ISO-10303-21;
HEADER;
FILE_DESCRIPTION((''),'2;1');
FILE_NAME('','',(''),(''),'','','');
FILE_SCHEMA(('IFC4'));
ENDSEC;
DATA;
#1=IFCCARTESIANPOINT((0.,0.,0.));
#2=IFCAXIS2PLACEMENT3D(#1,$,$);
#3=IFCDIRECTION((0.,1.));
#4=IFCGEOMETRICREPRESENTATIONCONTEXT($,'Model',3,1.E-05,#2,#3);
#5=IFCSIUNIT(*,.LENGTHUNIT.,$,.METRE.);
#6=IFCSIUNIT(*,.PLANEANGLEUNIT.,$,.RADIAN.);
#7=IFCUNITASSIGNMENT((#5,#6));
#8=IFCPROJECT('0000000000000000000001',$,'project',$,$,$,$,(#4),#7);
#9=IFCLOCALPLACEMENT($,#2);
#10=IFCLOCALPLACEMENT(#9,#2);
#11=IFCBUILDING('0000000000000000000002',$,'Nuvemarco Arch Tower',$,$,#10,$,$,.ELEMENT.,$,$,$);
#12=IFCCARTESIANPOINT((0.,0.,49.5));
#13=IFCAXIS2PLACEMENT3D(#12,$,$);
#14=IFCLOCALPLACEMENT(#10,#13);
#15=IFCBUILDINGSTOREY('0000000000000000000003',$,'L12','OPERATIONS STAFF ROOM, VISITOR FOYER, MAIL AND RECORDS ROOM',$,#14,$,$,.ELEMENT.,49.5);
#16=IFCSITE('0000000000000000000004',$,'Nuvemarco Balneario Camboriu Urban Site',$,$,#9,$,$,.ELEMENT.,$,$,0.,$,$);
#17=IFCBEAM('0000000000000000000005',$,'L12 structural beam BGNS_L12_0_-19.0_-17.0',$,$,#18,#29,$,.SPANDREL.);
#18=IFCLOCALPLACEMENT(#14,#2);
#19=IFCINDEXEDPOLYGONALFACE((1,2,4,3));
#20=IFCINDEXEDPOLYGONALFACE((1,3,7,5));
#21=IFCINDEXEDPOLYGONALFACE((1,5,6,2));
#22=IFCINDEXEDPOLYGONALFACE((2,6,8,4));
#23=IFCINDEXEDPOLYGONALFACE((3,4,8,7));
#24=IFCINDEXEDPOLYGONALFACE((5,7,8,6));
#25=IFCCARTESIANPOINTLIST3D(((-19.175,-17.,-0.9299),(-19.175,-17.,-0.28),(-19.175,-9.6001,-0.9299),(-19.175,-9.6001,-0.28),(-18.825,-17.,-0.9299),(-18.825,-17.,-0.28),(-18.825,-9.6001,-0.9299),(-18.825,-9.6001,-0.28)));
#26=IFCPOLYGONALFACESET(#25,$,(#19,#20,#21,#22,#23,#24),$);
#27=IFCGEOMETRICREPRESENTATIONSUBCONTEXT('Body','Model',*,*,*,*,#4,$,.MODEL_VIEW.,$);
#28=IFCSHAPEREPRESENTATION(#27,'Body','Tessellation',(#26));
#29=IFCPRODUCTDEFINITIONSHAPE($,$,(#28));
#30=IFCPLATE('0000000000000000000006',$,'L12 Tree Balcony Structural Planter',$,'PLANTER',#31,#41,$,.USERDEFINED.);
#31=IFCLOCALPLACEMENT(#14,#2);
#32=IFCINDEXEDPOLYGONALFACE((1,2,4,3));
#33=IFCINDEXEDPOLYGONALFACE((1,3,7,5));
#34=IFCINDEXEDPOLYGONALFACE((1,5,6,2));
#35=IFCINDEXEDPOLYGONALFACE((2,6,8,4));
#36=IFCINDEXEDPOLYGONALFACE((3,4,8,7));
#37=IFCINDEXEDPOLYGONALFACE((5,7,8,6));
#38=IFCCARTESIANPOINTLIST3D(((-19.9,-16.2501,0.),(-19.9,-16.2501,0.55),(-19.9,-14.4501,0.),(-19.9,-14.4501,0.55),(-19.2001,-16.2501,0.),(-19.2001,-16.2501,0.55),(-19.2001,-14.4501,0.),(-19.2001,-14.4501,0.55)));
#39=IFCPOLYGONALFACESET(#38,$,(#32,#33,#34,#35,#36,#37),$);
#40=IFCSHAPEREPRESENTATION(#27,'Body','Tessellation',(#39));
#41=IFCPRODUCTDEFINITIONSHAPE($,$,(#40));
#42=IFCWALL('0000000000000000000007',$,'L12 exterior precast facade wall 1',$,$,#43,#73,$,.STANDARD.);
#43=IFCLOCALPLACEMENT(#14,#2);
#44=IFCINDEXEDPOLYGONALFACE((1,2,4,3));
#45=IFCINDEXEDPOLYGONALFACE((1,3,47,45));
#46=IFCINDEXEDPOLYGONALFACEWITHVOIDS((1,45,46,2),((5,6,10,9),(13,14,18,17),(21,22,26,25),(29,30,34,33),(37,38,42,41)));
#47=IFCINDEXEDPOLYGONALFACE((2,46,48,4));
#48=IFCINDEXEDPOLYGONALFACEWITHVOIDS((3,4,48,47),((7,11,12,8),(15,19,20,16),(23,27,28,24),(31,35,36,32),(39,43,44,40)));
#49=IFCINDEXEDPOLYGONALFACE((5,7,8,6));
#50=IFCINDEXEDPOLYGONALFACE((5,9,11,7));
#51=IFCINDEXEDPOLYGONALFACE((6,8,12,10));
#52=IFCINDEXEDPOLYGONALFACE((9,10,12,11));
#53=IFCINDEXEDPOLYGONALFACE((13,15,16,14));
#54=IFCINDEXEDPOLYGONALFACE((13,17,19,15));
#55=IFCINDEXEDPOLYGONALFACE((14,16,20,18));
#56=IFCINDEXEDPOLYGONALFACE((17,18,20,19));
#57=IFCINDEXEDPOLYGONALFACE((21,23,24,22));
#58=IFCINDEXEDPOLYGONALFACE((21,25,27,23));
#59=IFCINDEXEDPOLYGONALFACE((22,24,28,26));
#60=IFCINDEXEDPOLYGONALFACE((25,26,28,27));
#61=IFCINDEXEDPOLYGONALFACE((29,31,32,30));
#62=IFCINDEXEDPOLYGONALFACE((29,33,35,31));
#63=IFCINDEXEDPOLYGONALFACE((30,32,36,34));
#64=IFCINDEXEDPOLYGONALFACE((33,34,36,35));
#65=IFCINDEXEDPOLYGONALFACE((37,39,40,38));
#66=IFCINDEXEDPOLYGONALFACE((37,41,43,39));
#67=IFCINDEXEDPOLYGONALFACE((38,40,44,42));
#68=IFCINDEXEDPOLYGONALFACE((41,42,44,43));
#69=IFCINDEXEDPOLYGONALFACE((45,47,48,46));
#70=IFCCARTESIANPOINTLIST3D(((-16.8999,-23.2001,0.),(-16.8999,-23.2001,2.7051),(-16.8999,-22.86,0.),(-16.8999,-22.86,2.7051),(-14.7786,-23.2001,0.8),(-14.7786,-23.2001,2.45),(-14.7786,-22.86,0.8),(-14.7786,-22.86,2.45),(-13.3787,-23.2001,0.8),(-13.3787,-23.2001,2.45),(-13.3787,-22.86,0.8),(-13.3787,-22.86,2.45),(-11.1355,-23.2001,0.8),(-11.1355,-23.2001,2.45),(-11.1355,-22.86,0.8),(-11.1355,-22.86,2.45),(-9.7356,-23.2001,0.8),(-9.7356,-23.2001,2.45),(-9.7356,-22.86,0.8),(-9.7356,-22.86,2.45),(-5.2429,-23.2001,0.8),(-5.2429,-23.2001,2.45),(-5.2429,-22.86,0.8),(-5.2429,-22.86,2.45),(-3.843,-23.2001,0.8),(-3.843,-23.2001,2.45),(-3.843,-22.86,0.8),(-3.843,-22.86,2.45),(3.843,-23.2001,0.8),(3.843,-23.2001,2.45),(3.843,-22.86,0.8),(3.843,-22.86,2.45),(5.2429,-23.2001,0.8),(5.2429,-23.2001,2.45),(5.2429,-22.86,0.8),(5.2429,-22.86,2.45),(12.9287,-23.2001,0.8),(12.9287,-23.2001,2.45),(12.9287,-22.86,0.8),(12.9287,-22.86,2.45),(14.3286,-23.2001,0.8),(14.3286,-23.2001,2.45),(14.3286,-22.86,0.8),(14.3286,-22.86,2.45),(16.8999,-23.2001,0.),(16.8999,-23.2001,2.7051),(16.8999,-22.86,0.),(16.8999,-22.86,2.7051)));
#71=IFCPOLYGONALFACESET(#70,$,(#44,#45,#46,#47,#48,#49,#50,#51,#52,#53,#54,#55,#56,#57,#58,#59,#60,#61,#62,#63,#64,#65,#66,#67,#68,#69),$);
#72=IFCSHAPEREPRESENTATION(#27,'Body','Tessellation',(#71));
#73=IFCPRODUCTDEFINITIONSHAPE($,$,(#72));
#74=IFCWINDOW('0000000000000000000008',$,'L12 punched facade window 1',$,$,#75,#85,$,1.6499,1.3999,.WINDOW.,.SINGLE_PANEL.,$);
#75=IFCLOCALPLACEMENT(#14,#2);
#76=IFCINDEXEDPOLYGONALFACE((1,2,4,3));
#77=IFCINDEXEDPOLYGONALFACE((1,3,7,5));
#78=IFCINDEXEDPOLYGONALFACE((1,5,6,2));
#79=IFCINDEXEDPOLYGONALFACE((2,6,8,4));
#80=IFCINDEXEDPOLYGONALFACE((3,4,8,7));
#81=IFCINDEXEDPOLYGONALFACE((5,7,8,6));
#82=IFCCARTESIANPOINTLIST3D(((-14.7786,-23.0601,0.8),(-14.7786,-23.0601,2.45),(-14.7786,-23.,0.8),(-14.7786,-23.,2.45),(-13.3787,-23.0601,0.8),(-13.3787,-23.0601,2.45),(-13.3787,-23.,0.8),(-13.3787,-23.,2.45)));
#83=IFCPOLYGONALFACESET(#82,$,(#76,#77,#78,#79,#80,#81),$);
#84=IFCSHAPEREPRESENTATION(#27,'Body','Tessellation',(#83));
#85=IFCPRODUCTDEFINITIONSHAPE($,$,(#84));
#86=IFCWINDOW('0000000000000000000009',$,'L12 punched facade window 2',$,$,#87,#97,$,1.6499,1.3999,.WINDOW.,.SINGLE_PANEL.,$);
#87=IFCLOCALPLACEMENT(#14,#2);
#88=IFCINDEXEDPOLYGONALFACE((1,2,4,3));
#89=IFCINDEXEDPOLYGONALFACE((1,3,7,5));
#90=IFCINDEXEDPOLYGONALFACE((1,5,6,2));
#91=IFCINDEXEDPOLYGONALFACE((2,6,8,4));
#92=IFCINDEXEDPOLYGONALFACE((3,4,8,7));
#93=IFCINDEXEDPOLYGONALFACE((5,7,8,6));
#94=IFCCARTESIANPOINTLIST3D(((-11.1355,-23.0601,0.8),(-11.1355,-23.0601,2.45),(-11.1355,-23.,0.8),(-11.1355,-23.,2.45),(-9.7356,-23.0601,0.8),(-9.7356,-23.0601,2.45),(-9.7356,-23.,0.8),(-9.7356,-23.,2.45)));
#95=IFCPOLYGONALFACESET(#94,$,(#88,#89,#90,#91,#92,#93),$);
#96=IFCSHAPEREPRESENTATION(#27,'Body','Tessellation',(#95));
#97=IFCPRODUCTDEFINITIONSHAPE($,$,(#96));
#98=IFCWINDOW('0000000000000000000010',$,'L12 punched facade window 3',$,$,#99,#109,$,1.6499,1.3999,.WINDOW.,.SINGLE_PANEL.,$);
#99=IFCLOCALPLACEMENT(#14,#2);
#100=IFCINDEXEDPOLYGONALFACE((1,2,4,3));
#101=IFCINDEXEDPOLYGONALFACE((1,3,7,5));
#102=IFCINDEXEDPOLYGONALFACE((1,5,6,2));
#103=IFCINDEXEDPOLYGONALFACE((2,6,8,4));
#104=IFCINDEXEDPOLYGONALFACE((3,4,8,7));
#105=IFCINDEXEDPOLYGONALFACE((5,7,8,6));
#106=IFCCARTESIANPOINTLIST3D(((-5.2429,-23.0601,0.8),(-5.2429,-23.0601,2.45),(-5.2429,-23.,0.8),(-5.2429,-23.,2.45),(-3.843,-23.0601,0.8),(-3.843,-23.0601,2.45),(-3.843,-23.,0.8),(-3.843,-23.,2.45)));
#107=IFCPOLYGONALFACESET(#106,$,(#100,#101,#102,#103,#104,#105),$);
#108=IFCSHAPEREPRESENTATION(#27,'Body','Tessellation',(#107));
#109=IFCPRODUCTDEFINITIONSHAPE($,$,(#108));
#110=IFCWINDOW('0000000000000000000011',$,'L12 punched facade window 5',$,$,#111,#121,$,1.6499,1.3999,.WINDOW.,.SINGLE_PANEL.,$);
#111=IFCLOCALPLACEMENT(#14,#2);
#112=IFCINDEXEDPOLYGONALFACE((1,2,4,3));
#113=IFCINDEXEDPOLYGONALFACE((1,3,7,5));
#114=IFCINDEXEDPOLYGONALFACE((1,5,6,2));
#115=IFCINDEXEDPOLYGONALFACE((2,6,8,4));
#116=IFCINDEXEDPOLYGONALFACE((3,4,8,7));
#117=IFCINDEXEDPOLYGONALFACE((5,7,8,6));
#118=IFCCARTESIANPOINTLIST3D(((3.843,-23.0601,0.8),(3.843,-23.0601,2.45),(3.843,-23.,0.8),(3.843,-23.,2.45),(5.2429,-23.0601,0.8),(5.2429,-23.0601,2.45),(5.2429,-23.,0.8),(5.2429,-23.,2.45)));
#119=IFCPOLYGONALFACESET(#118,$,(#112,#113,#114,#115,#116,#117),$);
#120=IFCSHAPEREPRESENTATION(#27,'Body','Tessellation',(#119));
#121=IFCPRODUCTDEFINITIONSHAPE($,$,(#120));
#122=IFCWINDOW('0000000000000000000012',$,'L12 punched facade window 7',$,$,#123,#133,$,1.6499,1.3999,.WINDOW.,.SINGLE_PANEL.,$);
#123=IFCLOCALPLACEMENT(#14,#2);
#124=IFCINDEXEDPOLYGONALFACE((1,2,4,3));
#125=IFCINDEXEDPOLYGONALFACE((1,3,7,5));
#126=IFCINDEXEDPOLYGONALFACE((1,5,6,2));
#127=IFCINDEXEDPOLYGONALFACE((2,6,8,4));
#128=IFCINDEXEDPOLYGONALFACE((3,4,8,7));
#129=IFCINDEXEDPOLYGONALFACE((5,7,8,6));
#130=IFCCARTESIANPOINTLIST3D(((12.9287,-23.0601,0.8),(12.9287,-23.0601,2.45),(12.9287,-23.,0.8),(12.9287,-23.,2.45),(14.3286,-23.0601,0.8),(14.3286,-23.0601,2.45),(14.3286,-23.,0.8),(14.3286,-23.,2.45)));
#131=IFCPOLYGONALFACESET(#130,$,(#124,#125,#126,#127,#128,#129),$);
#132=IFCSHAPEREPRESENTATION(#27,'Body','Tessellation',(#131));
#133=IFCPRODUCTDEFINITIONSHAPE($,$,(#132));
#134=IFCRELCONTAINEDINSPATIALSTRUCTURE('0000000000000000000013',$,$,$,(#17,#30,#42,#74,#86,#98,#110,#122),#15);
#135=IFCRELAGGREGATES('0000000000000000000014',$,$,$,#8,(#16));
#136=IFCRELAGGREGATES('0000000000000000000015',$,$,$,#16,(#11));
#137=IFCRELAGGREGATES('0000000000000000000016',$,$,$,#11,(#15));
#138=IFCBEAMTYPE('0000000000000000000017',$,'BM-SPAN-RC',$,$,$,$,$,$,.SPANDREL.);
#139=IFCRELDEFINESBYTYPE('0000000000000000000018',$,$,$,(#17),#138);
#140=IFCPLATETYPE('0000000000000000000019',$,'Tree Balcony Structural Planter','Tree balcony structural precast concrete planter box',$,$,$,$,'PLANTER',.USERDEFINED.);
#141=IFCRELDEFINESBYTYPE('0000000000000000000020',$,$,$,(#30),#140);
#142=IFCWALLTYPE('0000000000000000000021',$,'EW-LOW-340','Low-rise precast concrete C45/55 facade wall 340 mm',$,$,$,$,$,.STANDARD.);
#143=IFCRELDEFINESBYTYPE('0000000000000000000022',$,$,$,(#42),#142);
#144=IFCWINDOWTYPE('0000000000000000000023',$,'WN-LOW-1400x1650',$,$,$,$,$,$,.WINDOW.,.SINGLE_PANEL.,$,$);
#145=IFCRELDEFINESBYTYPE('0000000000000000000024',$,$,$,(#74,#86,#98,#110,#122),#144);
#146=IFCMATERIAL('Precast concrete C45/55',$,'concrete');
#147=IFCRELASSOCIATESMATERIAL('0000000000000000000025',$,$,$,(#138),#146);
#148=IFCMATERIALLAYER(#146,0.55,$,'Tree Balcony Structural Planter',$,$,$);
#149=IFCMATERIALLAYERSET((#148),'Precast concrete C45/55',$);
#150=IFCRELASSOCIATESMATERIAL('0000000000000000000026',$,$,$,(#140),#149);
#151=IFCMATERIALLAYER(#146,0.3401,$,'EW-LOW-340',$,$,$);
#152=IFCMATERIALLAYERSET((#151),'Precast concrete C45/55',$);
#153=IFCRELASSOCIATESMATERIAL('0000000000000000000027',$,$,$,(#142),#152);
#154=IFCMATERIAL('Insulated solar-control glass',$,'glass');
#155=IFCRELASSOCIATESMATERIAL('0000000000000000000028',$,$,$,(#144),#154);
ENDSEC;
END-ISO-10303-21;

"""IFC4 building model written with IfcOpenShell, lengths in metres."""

from ifc_helpers import new_model, si_unit, direction, frame, frame_2d, origin, origin_2d, place, context, subcontext, project, spatial, rectangle, extrude, source, transform, mapped, material, layer, layer_set, material_profile, profile_set, type_object, type_shapes, element, fill, save


model = new_model("IFC4")

# Units and contexts
model_context = context("Model", 3, precision=1e-05, world=origin(), true_north=direction((0.0, 1.0)))
body_context = subcontext(model_context, "Body", "Model", "MODEL_VIEW")
ifc_project = project(units=[si_unit("LENGTHUNIT", "METRE"), si_unit("PLANEANGLEUNIT", "RADIAN")], contexts=[model_context])

# Site, building, storey
site_placement = place(None, origin())
site = spatial("IfcSite", under=ifc_project, at=site_placement, Name="Nuvemarco Balneario Camboriu Urban Site", CompositionType="ELEMENT", RefElevation=0.0)
building_placement = place(site_placement, origin())
building = spatial("IfcBuilding", under=site, at=building_placement, Name="Nuvemarco Arch Tower", CompositionType="ELEMENT")
storey_placement = place(building_placement, frame((0.0, 0.0, 49.5)))
storey = spatial("IfcBuildingStorey", under=building, at=storey_placement, Name="L12", Description="OPERATIONS STAFF ROOM, VISITOR FOYER, MAIL AND RECORDS ROOM", CompositionType="ELEMENT", Elevation=49.5)

# Beam
ifc_material_1 = material(Name="Precast concrete C45/55", Category="concrete")
ifc_material_profile_1 = material_profile(ifc_material_1, rectangle(XDim=0.3501, YDim=0.6499, at=origin_2d()), Name="PC-SP-350x650")
ifc_profile_set_1 = profile_set([ifc_material_profile_1], Name="Precast concrete C45/55")
beam_type_1 = type_object("IfcBeamType", Name="BM-SPAN-RC", PredefinedType="SPANDREL", material=ifc_profile_set_1)
beam_1_placement = place(storey_placement, frame((-19.0, -17.0, -0.605), z_axis=(0.0, 1.0, 0.0), x_axis=(-1.0, 0.0, 0.0)))
element("IfcBeam", 1, at=beam_1_placement, inside=storey, type_object=beam_type_1, Name="L12 structural beam BGNS_L12_0_-19.0_-17.0", PredefinedType="SPANDREL", context=body_context, shape_type="SweptSolid", body=[
    extrude(rectangle(XDim=0.3501, YDim=0.6499, at=origin_2d()), origin(), (0.0, 0.0, 1.0), 7.3999),
])

# Plate
ifc_layer_1 = layer(ifc_material_1, 0.55, Name="Tree Balcony Structural Planter")
ifc_layer_set_1 = layer_set([ifc_layer_1], Name="Precast concrete C45/55")
plate_type = type_object("IfcPlateType", Name="Tree Balcony Structural Planter", Description="Tree balcony structural precast concrete planter box", ElementType="PLANTER", PredefinedType="USERDEFINED", material=ifc_layer_set_1)
shared_shape_1 = source(origin(), body_context, "Body", "SweptSolid", [
    extrude(rectangle(XDim=1.8, YDim=0.7, at=origin_2d()), origin(), (0.0, 0.0, 1.0), 0.55),
])
type_shapes(plate_type, [shared_shape_1])
plate_placement = place(storey_placement, frame((-19.55, -15.3501, 0.0), z_axis=(0.0, 0.0, 1.0), x_axis=(0.0, 1.0, 0.0)))
element("IfcPlate", 2, at=plate_placement, inside=storey, type_object=plate_type, Name="L12 Tree Balcony Structural Planter", ObjectType="PLANTER", PredefinedType="USERDEFINED", context=body_context, shape_type="MappedRepresentation", body=[
    mapped(shared_shape_1, transform((0.0, 0.0, 0.0), scale=1.0)),
])

# Wall, openings, windows
ifc_layer_2 = layer(ifc_material_1, 0.3401, Name="EW-LOW-340")
ifc_layer_set_2 = layer_set([ifc_layer_2], Name="Precast concrete C45/55")
wall_type = type_object("IfcWallType", Name="EW-LOW-340", Description="Low-rise precast concrete C45/55 facade wall 340 mm", PredefinedType="STANDARD", material=ifc_layer_set_2)
wall_1_placement = place(storey_placement, frame((-16.8999, -23.03, 0.0), z_axis=(0.0, 0.0, 1.0), x_axis=(1.0, 0.0, 0.0)))
wall_1 = element("IfcWall", 3, at=wall_1_placement, inside=storey, type_object=wall_type, Name="L12 exterior precast facade wall 1", PredefinedType="STANDARD", context=body_context, shape_type="SweptSolid", body=[
    extrude(rectangle(XDim=33.7998, YDim=0.3401, at=frame_2d((16.8999, 0.0))), origin(), (0.0, 0.0, 1.0), 2.7051),
])
opening_1_placement = place(wall_1_placement, frame((2.1213, 0.0, 0.8)))
opening_1 = element("IfcOpeningElement", 4, at=opening_1_placement, cuts=wall_1, PredefinedType="OPENING", context=body_context, shape_type="SweptSolid", body=[
    extrude(rectangle(XDim=1.3999, YDim=1.6499, at=frame_2d((0.7, 0.825))), frame((0.0, 0.1799, 0.0), z_axis=(0.0, -1.0, 0.0), x_axis=(1.0, 0.0, 0.0)), (0.0, 0.0, 1.0), 0.3601),
])
opening_2_placement = place(wall_1_placement, frame((5.7644, 0.0, 0.8)))
opening_2 = element("IfcOpeningElement", 5, at=opening_2_placement, cuts=wall_1, PredefinedType="OPENING", context=body_context, shape_type="SweptSolid", body=[
    extrude(rectangle(XDim=1.3999, YDim=1.6499, at=frame_2d((0.7, 0.825))), frame((0.0, 0.1799, 0.0), z_axis=(0.0, -1.0, 0.0), x_axis=(1.0, 0.0, 0.0)), (0.0, 0.0, 1.0), 0.3601),
])
opening_3_placement = place(wall_1_placement, frame((11.657, 0.0, 0.8)))
opening_3 = element("IfcOpeningElement", 6, at=opening_3_placement, cuts=wall_1, PredefinedType="OPENING", context=body_context, shape_type="SweptSolid", body=[
    extrude(rectangle(XDim=1.3999, YDim=1.6499, at=frame_2d((0.7, 0.825))), frame((0.0, 0.1799, 0.0), z_axis=(0.0, -1.0, 0.0), x_axis=(1.0, 0.0, 0.0)), (0.0, 0.0, 1.0), 0.3601),
])
opening_4_placement = place(wall_1_placement, frame((20.7429, 0.0, 0.8)))
opening_4 = element("IfcOpeningElement", 7, at=opening_4_placement, cuts=wall_1, PredefinedType="OPENING", context=body_context, shape_type="SweptSolid", body=[
    extrude(rectangle(XDim=1.3999, YDim=1.6499, at=frame_2d((0.7, 0.825))), frame((0.0, 0.1799, 0.0), z_axis=(0.0, -1.0, 0.0), x_axis=(1.0, 0.0, 0.0)), (0.0, 0.0, 1.0), 0.3601),
])
opening_5_placement = place(wall_1_placement, frame((29.8286, 0.0, 0.8)))
opening_5 = element("IfcOpeningElement", 8, at=opening_5_placement, cuts=wall_1, PredefinedType="OPENING", context=body_context, shape_type="SweptSolid", body=[
    extrude(rectangle(XDim=1.3999, YDim=1.6499, at=frame_2d((0.7, 0.825))), frame((0.0, 0.1799, 0.0), z_axis=(0.0, -1.0, 0.0), x_axis=(1.0, 0.0, 0.0)), (0.0, 0.0, 1.0), 0.3601),
])
ifc_material_2 = material(Name="Insulated solar-control glass", Category="glass")
window_type_1 = type_object("IfcWindowType", Name="WN-LOW-1400x1650", PartitioningType="SINGLE_PANEL", PredefinedType="WINDOW", material=ifc_material_2)
shared_shape_2 = source(origin(), body_context, "Body", "SweptSolid", [
    extrude(rectangle(XDim=1.3999, YDim=1.6499, at=frame_2d((0.7, 0.825))), frame((0.0, 0.03, 0.0), z_axis=(0.0, -1.0, 0.0), x_axis=(1.0, 0.0, 0.0)), (0.0, 0.0, 1.0), 0.0601),
])
type_shapes(window_type_1, [shared_shape_2])
window_1_placement = place(opening_1_placement, origin())
window_1 = element("IfcWindow", 9, at=window_1_placement, inside=storey, type_object=window_type_1, Name="L12 punched facade window 1", OverallHeight=1.6499, OverallWidth=1.3999, PartitioningType="SINGLE_PANEL", PredefinedType="WINDOW", context=body_context, shape_type="MappedRepresentation", body=[
    mapped(shared_shape_2, transform((0.0, 0.0, 0.0), scale=1.0)),
])
fill(opening_1, window_1)
window_2_placement = place(opening_2_placement, origin())
window_2 = element("IfcWindow", 10, at=window_2_placement, inside=storey, type_object=window_type_1, Name="L12 punched facade window 2", OverallHeight=1.6499, OverallWidth=1.3999, PartitioningType="SINGLE_PANEL", PredefinedType="WINDOW", context=body_context, shape_type="MappedRepresentation", body=[
    mapped(shared_shape_2, transform((0.0, 0.0, 0.0), scale=1.0)),
])
fill(opening_2, window_2)
window_3_placement = place(opening_3_placement, origin())
window_3 = element("IfcWindow", 11, at=window_3_placement, inside=storey, type_object=window_type_1, Name="L12 punched facade window 3", OverallHeight=1.6499, OverallWidth=1.3999, PartitioningType="SINGLE_PANEL", PredefinedType="WINDOW", context=body_context, shape_type="MappedRepresentation", body=[
    mapped(shared_shape_2, transform((0.0, 0.0, 0.0), scale=1.0)),
])
fill(opening_3, window_3)
window_4_placement = place(opening_4_placement, origin())
window_4 = element("IfcWindow", 12, at=window_4_placement, inside=storey, type_object=window_type_1, Name="L12 punched facade window 5", OverallHeight=1.6499, OverallWidth=1.3999, PartitioningType="SINGLE_PANEL", PredefinedType="WINDOW", context=body_context, shape_type="MappedRepresentation", body=[
    mapped(shared_shape_2, transform((0.0, 0.0, 0.0), scale=1.0)),
])
fill(opening_4, window_4)
window_5_placement = place(opening_5_placement, origin())
window_5 = element("IfcWindow", 13, at=window_5_placement, inside=storey, type_object=window_type_1, Name="L12 punched facade window 7", OverallHeight=1.6499, OverallWidth=1.3999, PartitioningType="SINGLE_PANEL", PredefinedType="WINDOW", context=body_context, shape_type="MappedRepresentation", body=[
    mapped(shared_shape_2, transform((0.0, 0.0, 0.0), scale=1.0)),
])
fill(opening_5, window_5)

save(model, "model.ifc")
